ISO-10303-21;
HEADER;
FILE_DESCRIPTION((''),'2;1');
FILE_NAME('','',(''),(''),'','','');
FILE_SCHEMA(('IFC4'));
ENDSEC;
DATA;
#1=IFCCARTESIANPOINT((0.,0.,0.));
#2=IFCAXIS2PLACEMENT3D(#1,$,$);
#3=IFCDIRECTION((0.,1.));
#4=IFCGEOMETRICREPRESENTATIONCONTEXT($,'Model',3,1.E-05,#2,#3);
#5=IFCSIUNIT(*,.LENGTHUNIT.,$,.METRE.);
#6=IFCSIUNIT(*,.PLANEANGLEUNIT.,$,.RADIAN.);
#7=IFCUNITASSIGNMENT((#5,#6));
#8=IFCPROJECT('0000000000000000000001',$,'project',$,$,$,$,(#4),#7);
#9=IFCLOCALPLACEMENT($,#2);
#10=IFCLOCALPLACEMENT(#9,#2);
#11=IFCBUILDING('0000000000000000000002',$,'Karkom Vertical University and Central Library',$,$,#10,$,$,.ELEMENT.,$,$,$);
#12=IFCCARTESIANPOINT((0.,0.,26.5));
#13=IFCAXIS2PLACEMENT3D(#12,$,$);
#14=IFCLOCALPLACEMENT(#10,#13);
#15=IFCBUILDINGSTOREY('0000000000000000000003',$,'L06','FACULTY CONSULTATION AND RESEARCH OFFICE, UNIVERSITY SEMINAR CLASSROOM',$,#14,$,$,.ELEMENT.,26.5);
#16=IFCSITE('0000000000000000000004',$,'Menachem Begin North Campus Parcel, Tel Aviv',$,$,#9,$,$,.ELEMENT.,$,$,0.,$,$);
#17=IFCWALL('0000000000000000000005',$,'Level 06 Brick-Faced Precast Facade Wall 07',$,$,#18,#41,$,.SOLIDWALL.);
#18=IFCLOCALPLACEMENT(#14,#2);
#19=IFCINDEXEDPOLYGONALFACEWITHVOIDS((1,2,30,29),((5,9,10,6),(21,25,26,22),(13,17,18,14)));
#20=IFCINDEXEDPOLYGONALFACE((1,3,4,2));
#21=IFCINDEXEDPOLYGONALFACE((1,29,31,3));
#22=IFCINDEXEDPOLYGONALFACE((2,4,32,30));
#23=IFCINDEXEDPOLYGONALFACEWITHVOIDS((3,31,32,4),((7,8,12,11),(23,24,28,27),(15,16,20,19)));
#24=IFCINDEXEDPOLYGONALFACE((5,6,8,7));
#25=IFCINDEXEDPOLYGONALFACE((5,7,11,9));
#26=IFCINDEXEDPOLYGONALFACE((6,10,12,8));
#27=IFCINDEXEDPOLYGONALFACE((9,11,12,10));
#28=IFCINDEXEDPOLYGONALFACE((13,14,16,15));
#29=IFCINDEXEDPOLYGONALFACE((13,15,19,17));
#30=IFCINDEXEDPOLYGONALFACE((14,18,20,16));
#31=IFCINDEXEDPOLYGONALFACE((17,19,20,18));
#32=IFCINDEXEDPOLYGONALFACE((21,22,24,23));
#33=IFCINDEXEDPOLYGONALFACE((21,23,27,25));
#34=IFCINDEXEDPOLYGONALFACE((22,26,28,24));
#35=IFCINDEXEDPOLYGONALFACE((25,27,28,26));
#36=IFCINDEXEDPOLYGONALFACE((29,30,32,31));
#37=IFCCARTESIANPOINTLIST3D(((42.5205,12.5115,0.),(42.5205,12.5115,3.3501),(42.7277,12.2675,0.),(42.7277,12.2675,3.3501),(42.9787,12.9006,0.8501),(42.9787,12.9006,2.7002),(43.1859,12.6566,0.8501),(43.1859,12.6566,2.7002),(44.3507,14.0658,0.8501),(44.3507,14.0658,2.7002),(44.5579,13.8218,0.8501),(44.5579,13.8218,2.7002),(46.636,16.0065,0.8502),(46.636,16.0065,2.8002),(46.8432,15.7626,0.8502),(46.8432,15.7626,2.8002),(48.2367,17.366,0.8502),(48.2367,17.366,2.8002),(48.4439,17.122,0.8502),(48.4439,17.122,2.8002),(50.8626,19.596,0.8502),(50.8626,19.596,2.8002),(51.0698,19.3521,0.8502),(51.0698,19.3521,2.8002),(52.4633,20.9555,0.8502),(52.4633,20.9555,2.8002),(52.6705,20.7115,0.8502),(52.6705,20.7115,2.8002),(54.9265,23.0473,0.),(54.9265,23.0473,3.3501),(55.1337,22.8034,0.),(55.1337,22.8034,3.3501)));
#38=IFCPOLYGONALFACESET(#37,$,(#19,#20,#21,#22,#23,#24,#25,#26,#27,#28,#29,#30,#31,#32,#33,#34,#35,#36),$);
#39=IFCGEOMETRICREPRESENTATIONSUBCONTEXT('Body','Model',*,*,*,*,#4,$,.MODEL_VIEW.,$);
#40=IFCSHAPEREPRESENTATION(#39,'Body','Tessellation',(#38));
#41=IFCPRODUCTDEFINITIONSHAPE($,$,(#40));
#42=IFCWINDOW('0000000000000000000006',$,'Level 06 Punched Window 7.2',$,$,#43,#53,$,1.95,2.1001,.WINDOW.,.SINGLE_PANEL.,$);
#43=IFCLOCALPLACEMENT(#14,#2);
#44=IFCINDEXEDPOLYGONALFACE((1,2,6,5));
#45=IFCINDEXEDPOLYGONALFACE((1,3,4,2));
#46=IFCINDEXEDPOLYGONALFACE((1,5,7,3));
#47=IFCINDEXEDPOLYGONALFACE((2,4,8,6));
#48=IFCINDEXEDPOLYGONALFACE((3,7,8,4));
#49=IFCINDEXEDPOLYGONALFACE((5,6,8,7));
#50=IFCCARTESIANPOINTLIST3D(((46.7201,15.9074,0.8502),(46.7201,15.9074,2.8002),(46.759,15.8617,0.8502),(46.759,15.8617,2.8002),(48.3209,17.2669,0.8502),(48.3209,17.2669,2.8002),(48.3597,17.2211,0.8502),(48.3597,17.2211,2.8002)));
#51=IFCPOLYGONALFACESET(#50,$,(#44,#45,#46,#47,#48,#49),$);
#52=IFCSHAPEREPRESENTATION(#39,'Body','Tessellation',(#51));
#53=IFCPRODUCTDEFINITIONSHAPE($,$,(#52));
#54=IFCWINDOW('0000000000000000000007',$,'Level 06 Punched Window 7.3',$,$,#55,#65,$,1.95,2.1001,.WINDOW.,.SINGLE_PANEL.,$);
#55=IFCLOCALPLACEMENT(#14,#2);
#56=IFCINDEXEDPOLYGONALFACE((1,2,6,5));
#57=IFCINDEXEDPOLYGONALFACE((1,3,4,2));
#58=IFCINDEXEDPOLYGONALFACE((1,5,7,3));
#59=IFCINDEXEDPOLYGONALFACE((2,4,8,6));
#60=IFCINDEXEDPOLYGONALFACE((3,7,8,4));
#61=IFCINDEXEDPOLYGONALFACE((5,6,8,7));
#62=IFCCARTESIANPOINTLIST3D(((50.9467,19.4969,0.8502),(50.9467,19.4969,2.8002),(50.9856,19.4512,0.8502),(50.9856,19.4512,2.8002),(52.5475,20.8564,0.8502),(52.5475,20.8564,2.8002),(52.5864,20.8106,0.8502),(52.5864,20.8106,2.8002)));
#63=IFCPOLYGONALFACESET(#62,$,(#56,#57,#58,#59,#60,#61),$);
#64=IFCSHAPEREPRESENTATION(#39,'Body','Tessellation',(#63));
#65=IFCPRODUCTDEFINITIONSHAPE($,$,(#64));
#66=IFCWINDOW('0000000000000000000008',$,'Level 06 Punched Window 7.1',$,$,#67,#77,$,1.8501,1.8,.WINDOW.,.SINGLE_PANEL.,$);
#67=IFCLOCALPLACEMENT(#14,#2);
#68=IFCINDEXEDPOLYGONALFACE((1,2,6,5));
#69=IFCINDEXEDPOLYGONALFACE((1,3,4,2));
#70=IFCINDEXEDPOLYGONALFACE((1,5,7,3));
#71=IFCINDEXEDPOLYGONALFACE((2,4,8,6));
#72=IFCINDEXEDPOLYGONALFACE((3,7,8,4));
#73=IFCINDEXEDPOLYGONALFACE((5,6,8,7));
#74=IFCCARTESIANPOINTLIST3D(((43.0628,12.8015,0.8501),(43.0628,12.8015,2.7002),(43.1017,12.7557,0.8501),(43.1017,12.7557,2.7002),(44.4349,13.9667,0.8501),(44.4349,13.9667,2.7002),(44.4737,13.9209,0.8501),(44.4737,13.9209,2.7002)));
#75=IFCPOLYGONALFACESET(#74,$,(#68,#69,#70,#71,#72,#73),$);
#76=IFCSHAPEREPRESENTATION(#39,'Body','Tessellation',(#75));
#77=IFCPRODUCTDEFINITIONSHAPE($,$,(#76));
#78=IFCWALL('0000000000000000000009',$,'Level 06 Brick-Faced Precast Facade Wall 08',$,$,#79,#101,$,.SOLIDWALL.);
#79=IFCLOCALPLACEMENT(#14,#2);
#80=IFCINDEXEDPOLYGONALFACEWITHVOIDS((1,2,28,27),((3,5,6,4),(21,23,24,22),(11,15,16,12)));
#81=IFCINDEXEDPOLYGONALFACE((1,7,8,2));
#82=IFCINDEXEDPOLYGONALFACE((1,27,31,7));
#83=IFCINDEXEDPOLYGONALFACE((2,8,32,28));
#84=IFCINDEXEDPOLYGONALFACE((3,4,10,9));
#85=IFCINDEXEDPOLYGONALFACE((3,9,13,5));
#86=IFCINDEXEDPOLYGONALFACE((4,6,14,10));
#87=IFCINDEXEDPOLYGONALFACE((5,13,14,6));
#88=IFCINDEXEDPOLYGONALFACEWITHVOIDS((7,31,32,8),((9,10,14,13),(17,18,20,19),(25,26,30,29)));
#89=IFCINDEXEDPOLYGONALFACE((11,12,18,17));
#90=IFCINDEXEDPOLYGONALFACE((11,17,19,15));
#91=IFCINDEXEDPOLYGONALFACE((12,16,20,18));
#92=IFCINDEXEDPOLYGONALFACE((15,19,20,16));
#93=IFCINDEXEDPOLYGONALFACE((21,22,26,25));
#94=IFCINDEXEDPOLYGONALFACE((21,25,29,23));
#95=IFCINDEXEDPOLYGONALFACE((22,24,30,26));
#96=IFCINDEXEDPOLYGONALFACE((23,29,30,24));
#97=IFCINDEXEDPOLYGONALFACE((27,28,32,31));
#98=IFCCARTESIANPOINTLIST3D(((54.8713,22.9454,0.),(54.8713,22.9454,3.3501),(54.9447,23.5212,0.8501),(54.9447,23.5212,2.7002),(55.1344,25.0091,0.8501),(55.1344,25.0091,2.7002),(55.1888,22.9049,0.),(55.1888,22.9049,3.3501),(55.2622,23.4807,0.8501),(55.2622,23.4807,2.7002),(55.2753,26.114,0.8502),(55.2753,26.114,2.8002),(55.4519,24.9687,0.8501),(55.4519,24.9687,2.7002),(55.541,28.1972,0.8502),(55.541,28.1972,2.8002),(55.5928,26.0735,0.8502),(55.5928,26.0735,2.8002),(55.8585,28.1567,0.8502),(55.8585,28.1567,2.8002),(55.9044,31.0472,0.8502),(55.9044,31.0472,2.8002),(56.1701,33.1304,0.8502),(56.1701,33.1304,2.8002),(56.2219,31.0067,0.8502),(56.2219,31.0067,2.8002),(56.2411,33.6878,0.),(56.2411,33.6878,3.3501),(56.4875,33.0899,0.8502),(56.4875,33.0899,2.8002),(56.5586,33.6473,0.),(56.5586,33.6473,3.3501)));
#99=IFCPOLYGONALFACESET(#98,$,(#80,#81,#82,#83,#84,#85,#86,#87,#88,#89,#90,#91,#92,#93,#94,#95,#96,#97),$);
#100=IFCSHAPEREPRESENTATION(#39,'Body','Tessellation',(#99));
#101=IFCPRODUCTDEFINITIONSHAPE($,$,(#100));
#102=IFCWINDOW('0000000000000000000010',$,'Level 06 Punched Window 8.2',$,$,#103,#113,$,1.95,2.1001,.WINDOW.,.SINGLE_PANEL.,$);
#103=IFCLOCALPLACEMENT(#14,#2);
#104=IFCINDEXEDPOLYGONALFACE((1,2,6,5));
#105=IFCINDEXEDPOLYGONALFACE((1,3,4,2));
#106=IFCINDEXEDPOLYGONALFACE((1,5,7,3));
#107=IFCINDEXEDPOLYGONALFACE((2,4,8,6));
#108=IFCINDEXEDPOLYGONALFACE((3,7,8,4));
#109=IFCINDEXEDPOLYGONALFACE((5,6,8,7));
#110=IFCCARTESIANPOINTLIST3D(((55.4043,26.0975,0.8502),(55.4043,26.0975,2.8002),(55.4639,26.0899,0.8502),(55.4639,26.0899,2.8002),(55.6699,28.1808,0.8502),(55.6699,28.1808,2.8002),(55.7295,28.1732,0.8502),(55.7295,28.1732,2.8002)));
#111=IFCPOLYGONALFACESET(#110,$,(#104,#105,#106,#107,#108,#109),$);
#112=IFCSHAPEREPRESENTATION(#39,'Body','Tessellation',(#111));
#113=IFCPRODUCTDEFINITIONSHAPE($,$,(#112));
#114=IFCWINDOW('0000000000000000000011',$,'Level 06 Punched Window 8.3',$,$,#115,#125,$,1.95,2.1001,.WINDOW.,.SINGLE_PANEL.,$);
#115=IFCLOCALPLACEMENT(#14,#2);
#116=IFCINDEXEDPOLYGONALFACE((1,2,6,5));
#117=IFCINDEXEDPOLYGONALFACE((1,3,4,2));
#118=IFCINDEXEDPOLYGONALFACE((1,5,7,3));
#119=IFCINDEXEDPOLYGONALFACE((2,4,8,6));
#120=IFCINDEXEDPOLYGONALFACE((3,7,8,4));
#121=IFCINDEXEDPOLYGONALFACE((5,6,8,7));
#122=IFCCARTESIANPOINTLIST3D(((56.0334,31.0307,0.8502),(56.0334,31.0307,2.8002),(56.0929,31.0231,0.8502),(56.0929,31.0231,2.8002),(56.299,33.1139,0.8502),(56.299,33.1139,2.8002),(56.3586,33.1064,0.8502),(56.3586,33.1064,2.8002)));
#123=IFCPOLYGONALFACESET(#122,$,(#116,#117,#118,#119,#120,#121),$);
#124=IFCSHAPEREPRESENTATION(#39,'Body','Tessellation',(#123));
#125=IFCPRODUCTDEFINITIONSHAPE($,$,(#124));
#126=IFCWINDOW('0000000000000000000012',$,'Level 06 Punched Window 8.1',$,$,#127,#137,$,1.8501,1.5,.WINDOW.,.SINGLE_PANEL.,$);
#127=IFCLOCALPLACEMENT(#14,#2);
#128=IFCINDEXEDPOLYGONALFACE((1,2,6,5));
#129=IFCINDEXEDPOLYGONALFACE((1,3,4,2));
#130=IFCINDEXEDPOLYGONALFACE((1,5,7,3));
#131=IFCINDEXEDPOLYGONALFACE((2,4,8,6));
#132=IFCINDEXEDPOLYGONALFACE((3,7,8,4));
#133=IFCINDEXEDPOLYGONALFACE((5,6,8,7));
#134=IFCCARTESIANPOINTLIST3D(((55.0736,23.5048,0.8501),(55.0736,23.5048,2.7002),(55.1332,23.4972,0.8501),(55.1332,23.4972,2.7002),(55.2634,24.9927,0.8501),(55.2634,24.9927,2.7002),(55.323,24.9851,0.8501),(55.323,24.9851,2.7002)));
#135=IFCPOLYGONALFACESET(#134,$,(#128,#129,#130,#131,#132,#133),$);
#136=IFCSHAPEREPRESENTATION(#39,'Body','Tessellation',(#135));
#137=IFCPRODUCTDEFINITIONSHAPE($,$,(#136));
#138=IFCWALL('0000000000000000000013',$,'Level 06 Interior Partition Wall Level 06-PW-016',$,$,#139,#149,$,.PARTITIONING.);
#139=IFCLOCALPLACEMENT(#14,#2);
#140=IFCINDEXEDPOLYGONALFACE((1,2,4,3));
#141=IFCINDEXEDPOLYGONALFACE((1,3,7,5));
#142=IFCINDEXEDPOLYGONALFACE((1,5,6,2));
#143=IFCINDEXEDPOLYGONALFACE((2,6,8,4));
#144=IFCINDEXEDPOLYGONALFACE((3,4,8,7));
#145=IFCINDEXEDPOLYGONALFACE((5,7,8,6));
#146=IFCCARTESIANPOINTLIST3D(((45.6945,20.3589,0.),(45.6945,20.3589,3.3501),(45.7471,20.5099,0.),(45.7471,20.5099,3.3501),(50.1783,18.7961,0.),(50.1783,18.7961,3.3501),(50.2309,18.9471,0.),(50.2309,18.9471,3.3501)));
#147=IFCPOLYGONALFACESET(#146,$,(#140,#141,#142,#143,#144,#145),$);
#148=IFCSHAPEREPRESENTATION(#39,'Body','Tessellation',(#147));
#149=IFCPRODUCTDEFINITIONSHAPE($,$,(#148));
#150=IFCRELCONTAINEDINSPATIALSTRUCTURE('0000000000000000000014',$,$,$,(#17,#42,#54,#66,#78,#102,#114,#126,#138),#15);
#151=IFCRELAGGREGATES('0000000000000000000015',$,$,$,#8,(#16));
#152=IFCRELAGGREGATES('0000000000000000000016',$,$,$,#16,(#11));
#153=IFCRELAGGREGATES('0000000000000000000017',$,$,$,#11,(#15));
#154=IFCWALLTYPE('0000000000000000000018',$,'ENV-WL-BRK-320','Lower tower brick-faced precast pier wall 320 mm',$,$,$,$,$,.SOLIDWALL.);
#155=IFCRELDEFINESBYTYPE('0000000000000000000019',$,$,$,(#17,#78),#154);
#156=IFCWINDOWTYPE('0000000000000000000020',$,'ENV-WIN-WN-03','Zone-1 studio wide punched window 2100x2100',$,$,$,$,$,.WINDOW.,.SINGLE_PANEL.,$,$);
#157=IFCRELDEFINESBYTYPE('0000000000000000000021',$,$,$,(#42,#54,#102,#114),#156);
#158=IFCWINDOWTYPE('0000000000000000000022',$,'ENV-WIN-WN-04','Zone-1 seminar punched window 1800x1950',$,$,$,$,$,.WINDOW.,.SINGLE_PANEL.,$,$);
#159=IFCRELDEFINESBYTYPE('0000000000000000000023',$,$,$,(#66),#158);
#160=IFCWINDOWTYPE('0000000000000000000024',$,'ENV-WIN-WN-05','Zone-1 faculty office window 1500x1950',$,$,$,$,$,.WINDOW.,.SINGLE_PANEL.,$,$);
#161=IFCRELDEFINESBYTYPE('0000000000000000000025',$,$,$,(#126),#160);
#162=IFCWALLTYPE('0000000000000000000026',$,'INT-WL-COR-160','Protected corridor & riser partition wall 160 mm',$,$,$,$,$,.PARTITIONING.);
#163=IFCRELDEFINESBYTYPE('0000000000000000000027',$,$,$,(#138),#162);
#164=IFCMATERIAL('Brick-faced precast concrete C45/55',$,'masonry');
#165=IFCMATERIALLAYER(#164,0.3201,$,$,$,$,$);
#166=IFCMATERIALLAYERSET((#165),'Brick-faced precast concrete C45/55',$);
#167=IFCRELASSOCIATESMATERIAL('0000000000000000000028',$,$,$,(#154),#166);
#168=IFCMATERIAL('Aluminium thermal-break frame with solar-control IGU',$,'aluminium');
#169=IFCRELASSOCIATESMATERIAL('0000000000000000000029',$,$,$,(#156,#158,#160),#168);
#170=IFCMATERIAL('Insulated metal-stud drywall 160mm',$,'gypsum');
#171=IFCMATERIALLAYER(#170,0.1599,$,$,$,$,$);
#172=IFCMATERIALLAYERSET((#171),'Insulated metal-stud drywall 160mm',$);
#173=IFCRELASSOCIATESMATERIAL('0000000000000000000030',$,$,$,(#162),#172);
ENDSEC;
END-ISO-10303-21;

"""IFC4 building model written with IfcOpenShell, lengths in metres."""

from ifc_helpers import new_model, si_unit, direction, frame, frame_2d, origin, origin_with_axes, place, context, subcontext, project, spatial, rectangle, extrude, source, transform, mapped, material, layer, layer_set, type_object, element, fill, save


model = new_model("IFC4")

# Units and contexts
model_context = context("Model", 3, precision=1e-05, world=origin(), true_north=direction((0.0, 1.0)))
body_context = subcontext(model_context, "Body", "Model", "MODEL_VIEW")
ifc_project = project(units=[si_unit("LENGTHUNIT", "METRE"), si_unit("PLANEANGLEUNIT", "RADIAN")], contexts=[model_context])

# Site, building, storey
site_placement = place(None, origin())
site = spatial("IfcSite", under=ifc_project, at=site_placement, Name="Menachem Begin North Campus Parcel, Tel Aviv", CompositionType="ELEMENT", RefElevation=0.0)
building_placement = place(site_placement, origin())
building = spatial("IfcBuilding", under=site, at=building_placement, Name="Karkom Vertical University and Central Library", CompositionType="ELEMENT")
storey_placement = place(building_placement, frame((0.0, 0.0, 26.5)))
storey = spatial("IfcBuildingStorey", under=building, at=storey_placement, Name="L06", Description="FACULTY CONSULTATION AND RESEARCH OFFICE, UNIVERSITY SEMINAR CLASSROOM", CompositionType="ELEMENT", Elevation=26.5)

# Walls, openings, windows
ifc_material_1 = material(Name="Brick-faced precast concrete C45/55", Category="masonry")
ifc_layer_1 = layer(ifc_material_1, 0.3201)
ifc_layer_set_1 = layer_set([ifc_layer_1], Name="Brick-faced precast concrete C45/55")
wall_type_1 = type_object("IfcWallType", Name="ENV-WL-BRK-320", Description="Lower tower brick-faced precast pier wall 320 mm", PredefinedType="SOLIDWALL", material=ifc_layer_set_1)
wall_1_placement = place(storey_placement, frame((42.624, 12.3894, 0.0), z_axis=(0.0, 0.0, 1.0), x_axis=(0.762219, 0.64732, 0.0)))
wall_1 = element("IfcWall", 1, at=wall_1_placement, inside=storey, type_object=wall_type_1, Name="Level 06 Brick-Faced Precast Facade Wall 07", PredefinedType="SOLIDWALL", context=body_context, shape_type="SweptSolid", body=[
    extrude(rectangle(XDim=16.2761, YDim=0.3201, at=frame_2d((8.1382, 0.0))), origin(), (0.0, 0.0, 1.0), 3.3501),
])
opening_1_placement = place(wall_1_placement, frame((0.6013, 0.0, 0.8501)))
opening_1 = element("IfcOpeningElement", 2, at=opening_1_placement, cuts=wall_1, PredefinedType="OPENING", context=body_context, shape_type="SweptSolid", body=[
    extrude(rectangle(XDim=1.8, YDim=1.8501, at=frame_2d((0.8999, 0.925))), frame((0.0, 0.1699, 0.0), z_axis=(0.0, -1.0, 0.0), x_axis=(1.0, 0.0, 0.0)), (0.0, 0.0, 1.0), 0.3401),
])
opening_2_placement = place(wall_1_placement, frame((5.3994, 0.0, 0.8501)))
opening_2 = element("IfcOpeningElement", 3, at=opening_2_placement, cuts=wall_1, PredefinedType="OPENING", context=body_context, shape_type="SweptSolid", body=[
    extrude(rectangle(XDim=2.1001, YDim=1.95, at=frame_2d((1.05, 0.9751))), frame((0.0, 0.1699, 0.0), z_axis=(0.0, -1.0, 0.0), x_axis=(1.0, 0.0, 0.0)), (0.0, 0.0, 1.0), 0.3401),
])
opening_3_placement = place(wall_1_placement, frame((10.9446, 0.0, 0.8501)))
opening_3 = element("IfcOpeningElement", 4, at=opening_3_placement, cuts=wall_1, PredefinedType="OPENING", context=body_context, shape_type="SweptSolid", body=[
    extrude(rectangle(XDim=2.1001, YDim=1.95, at=frame_2d((1.05, 0.9751))), frame((0.0, 0.1699, 0.0), z_axis=(0.0, -1.0, 0.0), x_axis=(1.0, 0.0, 0.0)), (0.0, 0.0, 1.0), 0.3401),
])
ifc_material_2 = material(Name="Aluminium thermal-break frame with solar-control IGU", Category="aluminium")
window_type_1 = type_object("IfcWindowType", Name="ENV-WIN-WN-03", Description="Zone-1 studio wide punched window 2100x2100", PartitioningType="SINGLE_PANEL", PredefinedType="WINDOW", material=ifc_material_2)
shared_shape_1 = source(origin_with_axes(), body_context, "Body", "SweptSolid", [
    extrude(rectangle(XDim=2.1001, YDim=1.95, at=frame_2d((1.05, 0.9751))), frame((0.0, 0.03, 0.0), z_axis=(0.0, -1.0, 0.0), x_axis=(1.0, 0.0, 0.0)), (0.0, 0.0, 1.0), 0.0601),
])
window_1_placement = place(opening_2_placement, origin())
window_1 = element("IfcWindow", 5, at=window_1_placement, inside=storey, type_object=window_type_1, Name="Level 06 Punched Window 7.2", OverallHeight=1.95, OverallWidth=2.1001, PartitioningType="SINGLE_PANEL", PredefinedType="WINDOW", context=body_context, shape_type="MappedRepresentation", body=[
    mapped(shared_shape_1, transform((0.0, 0.0, 0.0), scale=1.0)),
])
fill(opening_2, window_1)
window_2_placement = place(opening_3_placement, origin())
window_2 = element("IfcWindow", 6, at=window_2_placement, inside=storey, type_object=window_type_1, Name="Level 06 Punched Window 7.3", OverallHeight=1.95, OverallWidth=2.1001, PartitioningType="SINGLE_PANEL", PredefinedType="WINDOW", context=body_context, shape_type="MappedRepresentation", body=[
    mapped(shared_shape_1, transform((0.0, 0.0, 0.0), scale=1.0)),
])
fill(opening_3, window_2)
window_type_2 = type_object("IfcWindowType", Name="ENV-WIN-WN-04", Description="Zone-1 seminar punched window 1800x1950", PartitioningType="SINGLE_PANEL", PredefinedType="WINDOW", material=ifc_material_2)
shared_shape_2 = source(origin_with_axes(), body_context, "Body", "SweptSolid", [
    extrude(rectangle(XDim=1.8, YDim=1.8501, at=frame_2d((0.8999, 0.925))), frame((0.0, 0.03, 0.0), z_axis=(0.0, -1.0, 0.0), x_axis=(1.0, 0.0, 0.0)), (0.0, 0.0, 1.0), 0.0601),
])
window_3_placement = place(opening_1_placement, origin())
window_3 = element("IfcWindow", 7, at=window_3_placement, inside=storey, type_object=window_type_2, Name="Level 06 Punched Window 7.1", OverallHeight=1.8501, OverallWidth=1.8, PartitioningType="SINGLE_PANEL", PredefinedType="WINDOW", context=body_context, shape_type="MappedRepresentation", body=[
    mapped(shared_shape_2, transform((0.0, 0.0, 0.0), scale=1.0)),
])
fill(opening_1, window_3)
wall_2_placement = place(storey_placement, frame((55.03, 22.9253, 0.0), z_axis=(0.0, 0.0, 1.0), x_axis=(0.126495, 0.991967, 0.0)))
wall_2 = element("IfcWall", 8, at=wall_2_placement, inside=storey, type_object=wall_type_1, Name="Level 06 Brick-Faced Precast Facade Wall 08", PredefinedType="SOLIDWALL", context=body_context, shape_type="SweptSolid", body=[
    extrude(rectangle(XDim=10.8293, YDim=0.3201, at=frame_2d((5.4146, 0.0))), origin(), (0.0, 0.0, 1.0), 3.3501),
])
opening_4_placement = place(wall_2_placement, frame((0.5803, 0.0, 0.8501)))
opening_4 = element("IfcOpeningElement", 9, at=opening_4_placement, cuts=wall_2, PredefinedType="OPENING", context=body_context, shape_type="SweptSolid", body=[
    extrude(rectangle(XDim=1.5, YDim=1.8501, at=frame_2d((0.75, 0.925))), frame((0.0, 0.1699, 0.0), z_axis=(0.0, -1.0, 0.0), x_axis=(1.0, 0.0, 0.0)), (0.0, 0.0, 1.0), 0.3401),
])
opening_5_placement = place(wall_2_placement, frame((3.1941, 0.0, 0.8501)))
opening_5 = element("IfcOpeningElement", 10, at=opening_5_placement, cuts=wall_2, PredefinedType="OPENING", context=body_context, shape_type="SweptSolid", body=[
    extrude(rectangle(XDim=2.1001, YDim=1.95, at=frame_2d((1.05, 0.9751))), frame((0.0, 0.1699, 0.0), z_axis=(0.0, -1.0, 0.0), x_axis=(1.0, 0.0, 0.0)), (0.0, 0.0, 1.0), 0.3401),
])
opening_6_placement = place(wall_2_placement, frame((8.1672, 0.0, 0.8501)))
opening_6 = element("IfcOpeningElement", 11, at=opening_6_placement, cuts=wall_2, PredefinedType="OPENING", context=body_context, shape_type="SweptSolid", body=[
    extrude(rectangle(XDim=2.1001, YDim=1.95, at=frame_2d((1.05, 0.9751))), frame((0.0, 0.1699, 0.0), z_axis=(0.0, -1.0, 0.0), x_axis=(1.0, 0.0, 0.0)), (0.0, 0.0, 1.0), 0.3401),
])
window_4_placement = place(opening_5_placement, origin())
window_4 = element("IfcWindow", 12, at=window_4_placement, inside=storey, type_object=window_type_1, Name="Level 06 Punched Window 8.2", OverallHeight=1.95, OverallWidth=2.1001, PartitioningType="SINGLE_PANEL", PredefinedType="WINDOW", context=body_context, shape_type="MappedRepresentation", body=[
    mapped(shared_shape_1, transform((0.0, 0.0, 0.0), scale=1.0)),
])
fill(opening_5, window_4)
window_5_placement = place(opening_6_placement, origin())
window_5 = element("IfcWindow", 13, at=window_5_placement, inside=storey, type_object=window_type_1, Name="Level 06 Punched Window 8.3", OverallHeight=1.95, OverallWidth=2.1001, PartitioningType="SINGLE_PANEL", PredefinedType="WINDOW", context=body_context, shape_type="MappedRepresentation", body=[
    mapped(shared_shape_1, transform((0.0, 0.0, 0.0), scale=1.0)),
])
fill(opening_6, window_5)
window_type_3 = type_object("IfcWindowType", Name="ENV-WIN-WN-05", Description="Zone-1 faculty office window 1500x1950", PartitioningType="SINGLE_PANEL", PredefinedType="WINDOW", material=ifc_material_2)
shared_shape_3 = source(origin_with_axes(), body_context, "Body", "SweptSolid", [
    extrude(rectangle(XDim=1.5, YDim=1.8501, at=frame_2d((0.75, 0.925))), frame((0.0, 0.03, 0.0), z_axis=(0.0, -1.0, 0.0), x_axis=(1.0, 0.0, 0.0)), (0.0, 0.0, 1.0), 0.0601),
])
window_6_placement = place(opening_4_placement, origin())
window_6 = element("IfcWindow", 14, at=window_6_placement, inside=storey, type_object=window_type_3, Name="Level 06 Punched Window 8.1", OverallHeight=1.8501, OverallWidth=1.5, PartitioningType="SINGLE_PANEL", PredefinedType="WINDOW", context=body_context, shape_type="MappedRepresentation", body=[
    mapped(shared_shape_3, transform((0.0, 0.0, 0.0), scale=1.0)),
])
fill(opening_4, window_6)

# Wall
ifc_material_3 = material(Name="Insulated metal-stud drywall 160mm", Category="gypsum")
ifc_layer_2 = layer(ifc_material_3, 0.1599)
ifc_layer_set_2 = layer_set([ifc_layer_2], Name="Insulated metal-stud drywall 160mm")
wall_type_2 = type_object("IfcWallType", Name="INT-WL-COR-160", Description="Protected corridor & riser partition wall 160 mm", PredefinedType="PARTITIONING", material=ifc_layer_set_2)
wall_3_placement = place(storey_placement, frame((45.7209, 20.4343, 0.0), z_axis=(0.0, 0.0, 1.0), x_axis=(0.944286, -0.329125, 0.0)))
element("IfcWall", 15, at=wall_3_placement, inside=storey, type_object=wall_type_2, Name="Level 06 Interior Partition Wall Level 06-PW-016", PredefinedType="PARTITIONING", context=body_context, shape_type="SweptSolid", body=[
    extrude(rectangle(XDim=4.7483, YDim=0.1599, at=frame_2d((2.374, 0.0))), origin(), (0.0, 0.0, 1.0), 3.3501),
])

save(model, "model.ifc")
